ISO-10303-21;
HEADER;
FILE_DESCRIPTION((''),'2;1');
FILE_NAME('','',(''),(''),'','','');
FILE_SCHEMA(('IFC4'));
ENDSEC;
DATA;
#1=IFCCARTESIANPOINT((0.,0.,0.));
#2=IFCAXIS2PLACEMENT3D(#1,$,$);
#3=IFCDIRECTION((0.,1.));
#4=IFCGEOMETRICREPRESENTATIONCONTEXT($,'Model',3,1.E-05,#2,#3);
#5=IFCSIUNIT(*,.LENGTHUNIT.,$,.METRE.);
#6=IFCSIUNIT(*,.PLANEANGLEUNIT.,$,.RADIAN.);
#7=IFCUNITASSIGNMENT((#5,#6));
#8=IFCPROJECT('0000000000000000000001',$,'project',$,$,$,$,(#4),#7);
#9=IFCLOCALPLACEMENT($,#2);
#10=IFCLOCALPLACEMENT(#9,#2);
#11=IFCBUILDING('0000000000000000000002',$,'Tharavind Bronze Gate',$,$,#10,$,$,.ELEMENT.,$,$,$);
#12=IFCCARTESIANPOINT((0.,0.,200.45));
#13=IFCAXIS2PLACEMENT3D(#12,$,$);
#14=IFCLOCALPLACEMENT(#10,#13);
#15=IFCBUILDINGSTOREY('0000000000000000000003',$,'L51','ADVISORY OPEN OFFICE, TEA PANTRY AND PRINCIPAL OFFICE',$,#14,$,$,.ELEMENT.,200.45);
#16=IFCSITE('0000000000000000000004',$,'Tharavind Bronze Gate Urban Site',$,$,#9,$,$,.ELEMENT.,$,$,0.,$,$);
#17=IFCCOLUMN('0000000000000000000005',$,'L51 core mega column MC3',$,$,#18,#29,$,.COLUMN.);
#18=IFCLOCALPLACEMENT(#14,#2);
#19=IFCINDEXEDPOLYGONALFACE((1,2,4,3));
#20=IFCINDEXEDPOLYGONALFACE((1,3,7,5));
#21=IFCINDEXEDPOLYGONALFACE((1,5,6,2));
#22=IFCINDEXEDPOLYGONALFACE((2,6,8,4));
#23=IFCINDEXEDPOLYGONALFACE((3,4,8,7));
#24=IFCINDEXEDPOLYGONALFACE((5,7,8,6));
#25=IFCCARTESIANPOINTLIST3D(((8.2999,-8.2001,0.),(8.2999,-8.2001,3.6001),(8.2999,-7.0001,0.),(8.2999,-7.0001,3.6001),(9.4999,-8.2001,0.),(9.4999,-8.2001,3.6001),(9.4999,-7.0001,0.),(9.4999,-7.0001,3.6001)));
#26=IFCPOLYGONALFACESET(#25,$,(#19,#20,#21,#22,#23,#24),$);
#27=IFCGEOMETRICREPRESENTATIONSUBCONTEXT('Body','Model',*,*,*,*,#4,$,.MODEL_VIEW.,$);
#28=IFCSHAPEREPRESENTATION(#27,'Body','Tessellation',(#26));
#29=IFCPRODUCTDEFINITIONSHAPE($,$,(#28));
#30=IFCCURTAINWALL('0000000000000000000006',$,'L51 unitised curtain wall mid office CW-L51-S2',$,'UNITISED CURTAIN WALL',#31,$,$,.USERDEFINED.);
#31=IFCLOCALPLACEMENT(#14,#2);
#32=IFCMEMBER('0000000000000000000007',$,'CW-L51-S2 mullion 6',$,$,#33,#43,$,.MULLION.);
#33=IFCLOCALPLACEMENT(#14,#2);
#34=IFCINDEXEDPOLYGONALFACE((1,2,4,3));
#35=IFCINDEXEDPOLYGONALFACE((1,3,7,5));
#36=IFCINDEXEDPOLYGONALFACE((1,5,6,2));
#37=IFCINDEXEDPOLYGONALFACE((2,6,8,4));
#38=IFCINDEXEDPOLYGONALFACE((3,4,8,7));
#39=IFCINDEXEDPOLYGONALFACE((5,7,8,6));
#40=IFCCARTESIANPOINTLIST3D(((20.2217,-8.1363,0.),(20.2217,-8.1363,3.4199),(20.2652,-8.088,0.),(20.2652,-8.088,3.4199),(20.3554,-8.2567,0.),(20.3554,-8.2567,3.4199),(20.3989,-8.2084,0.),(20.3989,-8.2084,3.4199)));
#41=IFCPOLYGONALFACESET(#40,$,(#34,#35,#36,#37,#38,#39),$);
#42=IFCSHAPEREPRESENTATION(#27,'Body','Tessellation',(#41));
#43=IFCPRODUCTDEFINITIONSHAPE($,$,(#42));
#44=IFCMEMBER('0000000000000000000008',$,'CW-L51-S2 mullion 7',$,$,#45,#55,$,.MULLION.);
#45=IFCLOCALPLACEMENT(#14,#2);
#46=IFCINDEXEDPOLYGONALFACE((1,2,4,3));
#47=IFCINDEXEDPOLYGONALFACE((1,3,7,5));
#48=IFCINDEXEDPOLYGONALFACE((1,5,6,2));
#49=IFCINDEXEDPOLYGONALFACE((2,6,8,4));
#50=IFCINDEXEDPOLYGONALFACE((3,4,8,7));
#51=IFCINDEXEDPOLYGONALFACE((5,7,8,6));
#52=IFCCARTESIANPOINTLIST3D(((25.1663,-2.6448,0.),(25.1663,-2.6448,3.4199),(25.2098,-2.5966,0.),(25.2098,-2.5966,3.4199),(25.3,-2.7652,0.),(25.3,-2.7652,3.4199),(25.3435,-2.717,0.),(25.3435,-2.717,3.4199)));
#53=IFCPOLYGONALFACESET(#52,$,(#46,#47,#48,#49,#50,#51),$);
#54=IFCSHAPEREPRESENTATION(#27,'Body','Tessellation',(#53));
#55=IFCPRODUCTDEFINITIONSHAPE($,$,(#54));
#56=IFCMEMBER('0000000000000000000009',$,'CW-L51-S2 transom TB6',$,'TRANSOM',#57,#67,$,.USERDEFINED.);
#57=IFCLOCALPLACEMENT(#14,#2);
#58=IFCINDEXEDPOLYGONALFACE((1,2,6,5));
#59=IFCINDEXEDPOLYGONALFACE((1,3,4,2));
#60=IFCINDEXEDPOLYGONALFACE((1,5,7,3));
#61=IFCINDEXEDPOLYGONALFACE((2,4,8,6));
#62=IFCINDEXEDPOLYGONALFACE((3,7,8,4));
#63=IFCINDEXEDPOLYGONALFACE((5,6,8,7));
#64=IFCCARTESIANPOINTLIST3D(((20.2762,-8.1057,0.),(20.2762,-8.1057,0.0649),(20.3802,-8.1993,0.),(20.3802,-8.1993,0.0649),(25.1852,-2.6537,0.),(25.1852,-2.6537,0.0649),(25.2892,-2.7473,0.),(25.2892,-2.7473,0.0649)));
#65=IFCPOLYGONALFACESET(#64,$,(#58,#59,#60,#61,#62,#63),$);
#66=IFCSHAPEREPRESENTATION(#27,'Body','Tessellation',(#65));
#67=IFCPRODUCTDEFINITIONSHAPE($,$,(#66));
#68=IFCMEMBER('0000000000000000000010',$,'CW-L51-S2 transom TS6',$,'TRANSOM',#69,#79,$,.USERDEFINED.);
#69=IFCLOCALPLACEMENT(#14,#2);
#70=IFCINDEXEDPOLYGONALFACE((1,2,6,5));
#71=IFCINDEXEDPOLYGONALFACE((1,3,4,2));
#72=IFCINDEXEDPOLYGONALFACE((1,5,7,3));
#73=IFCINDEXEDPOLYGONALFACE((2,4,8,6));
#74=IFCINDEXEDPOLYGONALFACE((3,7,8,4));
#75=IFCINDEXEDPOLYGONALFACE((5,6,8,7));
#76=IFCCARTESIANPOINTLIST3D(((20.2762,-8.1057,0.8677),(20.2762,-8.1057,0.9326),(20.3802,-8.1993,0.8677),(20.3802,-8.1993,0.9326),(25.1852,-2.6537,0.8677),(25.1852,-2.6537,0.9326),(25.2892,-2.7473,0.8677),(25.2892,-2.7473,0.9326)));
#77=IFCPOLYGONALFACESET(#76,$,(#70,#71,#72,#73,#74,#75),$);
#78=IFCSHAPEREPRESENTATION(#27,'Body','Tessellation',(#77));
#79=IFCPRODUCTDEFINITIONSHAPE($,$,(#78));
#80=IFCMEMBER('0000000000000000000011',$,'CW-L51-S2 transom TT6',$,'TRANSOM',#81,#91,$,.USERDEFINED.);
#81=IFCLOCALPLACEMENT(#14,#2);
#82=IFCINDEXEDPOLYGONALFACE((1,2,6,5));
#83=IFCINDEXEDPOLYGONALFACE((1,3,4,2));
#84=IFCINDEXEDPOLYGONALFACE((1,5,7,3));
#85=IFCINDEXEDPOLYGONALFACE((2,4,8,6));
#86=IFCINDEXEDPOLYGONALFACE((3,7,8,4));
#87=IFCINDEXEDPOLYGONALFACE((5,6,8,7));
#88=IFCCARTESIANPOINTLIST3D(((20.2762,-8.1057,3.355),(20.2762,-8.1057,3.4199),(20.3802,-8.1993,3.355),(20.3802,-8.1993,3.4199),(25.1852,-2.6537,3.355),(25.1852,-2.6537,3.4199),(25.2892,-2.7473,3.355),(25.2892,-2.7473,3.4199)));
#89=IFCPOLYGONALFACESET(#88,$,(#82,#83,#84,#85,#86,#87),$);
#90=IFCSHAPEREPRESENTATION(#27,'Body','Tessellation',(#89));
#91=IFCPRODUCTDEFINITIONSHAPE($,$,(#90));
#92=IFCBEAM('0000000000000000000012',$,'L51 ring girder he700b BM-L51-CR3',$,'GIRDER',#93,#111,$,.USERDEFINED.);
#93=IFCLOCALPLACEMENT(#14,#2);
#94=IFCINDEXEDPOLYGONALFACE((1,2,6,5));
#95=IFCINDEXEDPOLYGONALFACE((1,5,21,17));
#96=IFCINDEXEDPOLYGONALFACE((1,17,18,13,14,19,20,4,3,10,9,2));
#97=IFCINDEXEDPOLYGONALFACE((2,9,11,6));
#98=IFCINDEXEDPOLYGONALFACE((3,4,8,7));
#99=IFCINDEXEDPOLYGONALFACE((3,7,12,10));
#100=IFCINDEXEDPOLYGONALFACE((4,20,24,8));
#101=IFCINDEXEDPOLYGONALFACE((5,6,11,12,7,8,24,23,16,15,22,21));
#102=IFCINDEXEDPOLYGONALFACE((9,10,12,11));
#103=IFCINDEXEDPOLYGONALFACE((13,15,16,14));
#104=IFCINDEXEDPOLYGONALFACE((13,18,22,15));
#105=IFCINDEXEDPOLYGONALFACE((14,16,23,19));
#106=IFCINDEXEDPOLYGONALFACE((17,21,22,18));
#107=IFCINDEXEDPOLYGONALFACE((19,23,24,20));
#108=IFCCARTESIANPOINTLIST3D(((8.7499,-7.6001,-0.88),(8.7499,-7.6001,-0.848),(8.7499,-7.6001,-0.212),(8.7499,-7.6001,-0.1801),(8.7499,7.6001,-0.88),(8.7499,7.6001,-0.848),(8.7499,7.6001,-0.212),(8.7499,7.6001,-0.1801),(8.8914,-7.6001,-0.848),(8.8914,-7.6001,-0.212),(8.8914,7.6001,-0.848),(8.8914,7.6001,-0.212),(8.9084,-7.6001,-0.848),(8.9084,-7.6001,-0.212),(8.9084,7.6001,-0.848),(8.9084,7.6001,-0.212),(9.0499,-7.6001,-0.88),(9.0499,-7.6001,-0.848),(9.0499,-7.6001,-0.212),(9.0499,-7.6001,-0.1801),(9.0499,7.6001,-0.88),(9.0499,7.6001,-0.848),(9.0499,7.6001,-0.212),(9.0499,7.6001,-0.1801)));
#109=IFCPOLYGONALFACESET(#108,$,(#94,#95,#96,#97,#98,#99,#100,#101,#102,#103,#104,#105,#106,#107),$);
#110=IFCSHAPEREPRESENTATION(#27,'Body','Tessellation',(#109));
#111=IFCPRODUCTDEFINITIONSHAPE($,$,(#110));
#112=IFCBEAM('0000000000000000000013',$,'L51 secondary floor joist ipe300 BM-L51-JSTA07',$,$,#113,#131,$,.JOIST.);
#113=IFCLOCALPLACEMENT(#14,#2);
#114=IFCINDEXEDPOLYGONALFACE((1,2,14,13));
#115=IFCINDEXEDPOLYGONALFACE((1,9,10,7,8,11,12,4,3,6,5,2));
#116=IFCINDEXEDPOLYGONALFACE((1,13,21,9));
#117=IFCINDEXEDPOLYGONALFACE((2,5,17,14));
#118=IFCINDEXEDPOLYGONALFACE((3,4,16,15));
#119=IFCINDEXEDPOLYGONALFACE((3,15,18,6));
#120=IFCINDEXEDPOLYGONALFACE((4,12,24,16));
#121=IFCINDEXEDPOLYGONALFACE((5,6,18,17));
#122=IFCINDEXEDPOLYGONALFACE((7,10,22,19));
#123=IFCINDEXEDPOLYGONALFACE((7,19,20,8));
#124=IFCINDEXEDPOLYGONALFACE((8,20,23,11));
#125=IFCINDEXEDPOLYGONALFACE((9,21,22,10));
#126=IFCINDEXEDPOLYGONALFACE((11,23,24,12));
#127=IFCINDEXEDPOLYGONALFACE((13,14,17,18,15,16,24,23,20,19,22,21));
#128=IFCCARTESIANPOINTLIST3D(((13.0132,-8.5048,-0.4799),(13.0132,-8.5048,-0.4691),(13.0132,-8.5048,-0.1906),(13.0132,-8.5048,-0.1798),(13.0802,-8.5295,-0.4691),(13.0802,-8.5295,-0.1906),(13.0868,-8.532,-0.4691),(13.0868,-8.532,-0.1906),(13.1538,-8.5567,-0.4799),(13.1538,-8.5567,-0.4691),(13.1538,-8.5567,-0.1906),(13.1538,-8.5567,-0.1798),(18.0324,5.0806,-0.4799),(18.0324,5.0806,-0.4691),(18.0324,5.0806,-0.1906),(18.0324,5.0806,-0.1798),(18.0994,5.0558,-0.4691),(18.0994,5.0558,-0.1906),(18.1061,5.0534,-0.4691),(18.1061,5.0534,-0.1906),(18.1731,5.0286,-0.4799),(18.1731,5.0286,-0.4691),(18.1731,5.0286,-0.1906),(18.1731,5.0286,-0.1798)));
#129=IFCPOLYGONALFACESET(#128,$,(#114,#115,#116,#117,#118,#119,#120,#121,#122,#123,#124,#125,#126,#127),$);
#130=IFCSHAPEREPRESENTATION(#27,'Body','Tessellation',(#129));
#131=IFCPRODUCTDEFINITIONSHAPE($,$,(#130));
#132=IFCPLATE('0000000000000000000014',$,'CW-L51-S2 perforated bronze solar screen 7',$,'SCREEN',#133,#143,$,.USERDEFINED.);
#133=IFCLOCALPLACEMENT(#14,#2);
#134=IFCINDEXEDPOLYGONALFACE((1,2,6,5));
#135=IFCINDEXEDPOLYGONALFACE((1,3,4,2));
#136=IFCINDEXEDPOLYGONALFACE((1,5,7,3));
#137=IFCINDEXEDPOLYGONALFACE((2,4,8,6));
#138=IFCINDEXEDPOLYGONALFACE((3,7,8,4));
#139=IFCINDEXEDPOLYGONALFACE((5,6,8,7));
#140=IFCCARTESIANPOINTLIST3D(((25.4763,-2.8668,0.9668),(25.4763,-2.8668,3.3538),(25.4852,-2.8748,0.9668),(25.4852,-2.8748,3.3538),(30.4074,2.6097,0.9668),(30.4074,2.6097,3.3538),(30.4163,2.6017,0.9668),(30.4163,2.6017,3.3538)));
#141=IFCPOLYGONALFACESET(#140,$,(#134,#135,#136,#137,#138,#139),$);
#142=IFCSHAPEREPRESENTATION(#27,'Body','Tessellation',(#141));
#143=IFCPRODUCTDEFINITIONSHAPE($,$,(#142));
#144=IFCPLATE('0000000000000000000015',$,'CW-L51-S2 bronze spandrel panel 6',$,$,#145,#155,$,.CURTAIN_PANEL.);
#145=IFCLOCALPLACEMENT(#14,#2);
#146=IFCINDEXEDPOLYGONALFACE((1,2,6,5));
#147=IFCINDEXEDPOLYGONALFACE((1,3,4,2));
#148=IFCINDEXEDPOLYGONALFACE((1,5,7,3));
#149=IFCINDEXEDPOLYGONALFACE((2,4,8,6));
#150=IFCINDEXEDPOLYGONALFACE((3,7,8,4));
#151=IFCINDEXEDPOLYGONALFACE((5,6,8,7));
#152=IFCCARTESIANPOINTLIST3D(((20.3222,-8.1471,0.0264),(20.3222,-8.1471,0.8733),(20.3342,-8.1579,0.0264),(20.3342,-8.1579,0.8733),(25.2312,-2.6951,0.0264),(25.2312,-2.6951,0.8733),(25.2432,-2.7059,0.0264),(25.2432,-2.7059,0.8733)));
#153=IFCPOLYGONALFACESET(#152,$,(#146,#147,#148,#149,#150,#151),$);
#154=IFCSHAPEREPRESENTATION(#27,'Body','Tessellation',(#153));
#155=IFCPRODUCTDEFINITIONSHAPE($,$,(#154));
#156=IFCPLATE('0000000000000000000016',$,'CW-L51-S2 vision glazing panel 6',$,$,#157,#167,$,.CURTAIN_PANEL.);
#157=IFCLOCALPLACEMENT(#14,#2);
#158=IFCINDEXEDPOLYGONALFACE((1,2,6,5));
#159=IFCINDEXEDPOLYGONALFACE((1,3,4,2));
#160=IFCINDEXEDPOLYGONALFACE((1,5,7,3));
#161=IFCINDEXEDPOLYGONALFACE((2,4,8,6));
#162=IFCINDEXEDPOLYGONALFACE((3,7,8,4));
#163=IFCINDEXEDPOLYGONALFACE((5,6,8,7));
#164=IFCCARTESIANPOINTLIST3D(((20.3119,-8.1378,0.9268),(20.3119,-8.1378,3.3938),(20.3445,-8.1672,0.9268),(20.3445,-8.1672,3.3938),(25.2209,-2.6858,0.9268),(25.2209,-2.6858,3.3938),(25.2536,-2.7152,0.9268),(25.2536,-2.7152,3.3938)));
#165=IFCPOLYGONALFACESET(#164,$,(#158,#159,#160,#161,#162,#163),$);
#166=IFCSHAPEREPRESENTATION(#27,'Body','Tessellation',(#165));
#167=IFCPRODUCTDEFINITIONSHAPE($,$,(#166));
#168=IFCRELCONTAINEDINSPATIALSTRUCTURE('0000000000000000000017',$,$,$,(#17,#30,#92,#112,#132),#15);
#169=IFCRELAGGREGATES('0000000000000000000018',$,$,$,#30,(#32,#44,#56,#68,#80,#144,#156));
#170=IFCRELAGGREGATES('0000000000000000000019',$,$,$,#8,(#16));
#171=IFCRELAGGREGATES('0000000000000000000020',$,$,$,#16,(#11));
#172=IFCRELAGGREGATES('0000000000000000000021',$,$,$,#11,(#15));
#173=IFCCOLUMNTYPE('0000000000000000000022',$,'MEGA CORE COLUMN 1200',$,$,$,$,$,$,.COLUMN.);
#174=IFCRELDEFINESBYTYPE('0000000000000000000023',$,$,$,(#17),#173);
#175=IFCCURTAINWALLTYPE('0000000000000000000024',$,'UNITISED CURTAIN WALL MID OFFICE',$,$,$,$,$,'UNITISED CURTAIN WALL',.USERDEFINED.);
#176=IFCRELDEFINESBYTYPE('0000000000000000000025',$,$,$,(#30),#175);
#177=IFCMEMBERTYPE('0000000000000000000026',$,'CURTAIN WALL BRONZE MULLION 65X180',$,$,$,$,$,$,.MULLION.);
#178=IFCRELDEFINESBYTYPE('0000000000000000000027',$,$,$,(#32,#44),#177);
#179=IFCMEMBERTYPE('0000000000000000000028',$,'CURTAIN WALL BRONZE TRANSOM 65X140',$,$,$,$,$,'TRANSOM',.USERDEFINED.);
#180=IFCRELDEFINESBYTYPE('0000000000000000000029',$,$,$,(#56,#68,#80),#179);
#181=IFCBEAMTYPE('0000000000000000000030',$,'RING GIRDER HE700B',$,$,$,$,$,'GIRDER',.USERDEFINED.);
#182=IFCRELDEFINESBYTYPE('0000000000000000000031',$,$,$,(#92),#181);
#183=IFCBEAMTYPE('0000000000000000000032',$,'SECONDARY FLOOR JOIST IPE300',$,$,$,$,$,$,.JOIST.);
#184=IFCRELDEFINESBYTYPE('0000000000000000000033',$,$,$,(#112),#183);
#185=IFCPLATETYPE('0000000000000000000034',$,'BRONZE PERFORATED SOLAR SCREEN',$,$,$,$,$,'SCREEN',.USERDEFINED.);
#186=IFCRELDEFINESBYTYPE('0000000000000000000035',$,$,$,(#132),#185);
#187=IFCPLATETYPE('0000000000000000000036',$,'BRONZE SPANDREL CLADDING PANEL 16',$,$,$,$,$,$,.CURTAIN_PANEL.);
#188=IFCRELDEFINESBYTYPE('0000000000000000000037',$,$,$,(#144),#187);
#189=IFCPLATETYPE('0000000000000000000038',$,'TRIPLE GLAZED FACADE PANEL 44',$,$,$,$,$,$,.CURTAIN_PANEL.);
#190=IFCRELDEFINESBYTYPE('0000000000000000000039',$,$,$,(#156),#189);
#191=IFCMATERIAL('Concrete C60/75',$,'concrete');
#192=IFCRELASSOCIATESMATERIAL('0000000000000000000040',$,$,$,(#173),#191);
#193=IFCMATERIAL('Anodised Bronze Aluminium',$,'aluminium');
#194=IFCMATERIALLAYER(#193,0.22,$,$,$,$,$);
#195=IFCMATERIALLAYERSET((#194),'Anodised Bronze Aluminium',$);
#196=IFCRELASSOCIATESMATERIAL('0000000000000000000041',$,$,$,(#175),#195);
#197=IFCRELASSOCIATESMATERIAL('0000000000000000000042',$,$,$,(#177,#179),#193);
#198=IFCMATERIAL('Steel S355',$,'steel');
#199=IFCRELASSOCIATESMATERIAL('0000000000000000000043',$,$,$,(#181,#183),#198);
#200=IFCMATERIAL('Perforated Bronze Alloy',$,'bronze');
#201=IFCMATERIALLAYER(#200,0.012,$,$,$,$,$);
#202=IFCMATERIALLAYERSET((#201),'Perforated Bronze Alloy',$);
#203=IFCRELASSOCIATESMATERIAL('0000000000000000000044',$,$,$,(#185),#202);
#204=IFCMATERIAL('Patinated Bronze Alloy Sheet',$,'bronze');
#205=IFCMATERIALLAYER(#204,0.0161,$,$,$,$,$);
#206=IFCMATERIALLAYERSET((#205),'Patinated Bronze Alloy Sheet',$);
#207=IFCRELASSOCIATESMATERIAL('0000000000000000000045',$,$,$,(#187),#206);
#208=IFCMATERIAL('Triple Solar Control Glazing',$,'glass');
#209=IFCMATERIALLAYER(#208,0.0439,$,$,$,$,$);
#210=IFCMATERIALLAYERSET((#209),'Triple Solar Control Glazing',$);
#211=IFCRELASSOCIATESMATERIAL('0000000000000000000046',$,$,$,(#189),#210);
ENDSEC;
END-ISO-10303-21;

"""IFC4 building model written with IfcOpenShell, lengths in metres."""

from ifc_helpers import new_model, si_unit, direction, frame, origin, origin_2d, place, context, subcontext, project, spatial, rectangle, i_section, extrude, material, layer, layer_set, material_profile, profile_set, type_object, element, aggregate, save


model = new_model("IFC4")

# Units and contexts
model_context = context("Model", 3, precision=1e-05, world=origin(), true_north=direction((0.0, 1.0)))
body_context = subcontext(model_context, "Body", "Model", "MODEL_VIEW")
ifc_project = project(units=[si_unit("LENGTHUNIT", "METRE"), si_unit("PLANEANGLEUNIT", "RADIAN")], contexts=[model_context])

# Site, building, storey
site_placement = place(None, origin())
site = spatial("IfcSite", under=ifc_project, at=site_placement, Name="Tharavind Bronze Gate Urban Site", CompositionType="ELEMENT", RefElevation=0.0)
building_placement = place(site_placement, origin())
building = spatial("IfcBuilding", under=site, at=building_placement, Name="Tharavind Bronze Gate", CompositionType="ELEMENT")
storey_placement = place(building_placement, frame((0.0, 0.0, 200.45)))
storey = spatial("IfcBuildingStorey", under=building, at=storey_placement, Name="L51", Description="ADVISORY OPEN OFFICE, TEA PANTRY AND PRINCIPAL OFFICE", CompositionType="ELEMENT", Elevation=200.45)

# Column
ifc_material_1 = material(Name="Concrete C60/75", Category="concrete")
ifc_material_profile_1 = material_profile(ifc_material_1, rectangle(XDim=1.2, YDim=1.2, at=origin_2d()), Name="RCCOL1200")
ifc_profile_set_1 = profile_set([ifc_material_profile_1], Name="Concrete C60/75")
column_type = type_object("IfcColumnType", Name="MEGA CORE COLUMN 1200", PredefinedType="COLUMN", material=ifc_profile_set_1)
column_placement = place(storey_placement, frame((8.8999, -7.6001, 0.0), z_axis=(0.0, 0.0, 1.0), x_axis=(1.0, 0.0, 0.0)))
element("IfcColumn", 1, at=column_placement, inside=storey, type_object=column_type, Name="L51 core mega column MC3", PredefinedType="COLUMN", context=body_context, shape_type="SweptSolid", body=[
    extrude(rectangle(XDim=1.2, YDim=1.2, at=origin_2d()), origin(), (0.0, 0.0, 1.0), 3.6001),
])

# Curtain wall, members
ifc_material_2 = material(Name="Anodised Bronze Aluminium", Category="aluminium")
ifc_layer_1 = layer(ifc_material_2, 0.22)
ifc_layer_set_1 = layer_set([ifc_layer_1], Name="Anodised Bronze Aluminium")
curtain_wall_type = type_object("IfcCurtainWallType", Name="UNITISED CURTAIN WALL MID OFFICE", ElementType="UNITISED CURTAIN WALL", PredefinedType="USERDEFINED", material=ifc_layer_set_1)
curtain_wall_placement = place(storey_placement, origin())
curtain_wall = element("IfcCurtainWall", 2, at=curtain_wall_placement, inside=storey, type_object=curtain_wall_type, Name="L51 unitised curtain wall mid office CW-L51-S2", ObjectType="UNITISED CURTAIN WALL", PredefinedType="USERDEFINED")
member_type_1 = type_object("IfcMemberType", Name="CURTAIN WALL BRONZE MULLION 65X180", PredefinedType="MULLION", material=ifc_material_2)
member_1_placement = place(storey_placement, frame((20.3103, -8.1724, 0.0), z_axis=(0.0, 0.0, 1.0), x_axis=(0.669131, 0.743145, 0.0)))
member_1 = element("IfcMember", 3, at=member_1_placement, type_object=member_type_1, Name="CW-L51-S2 mullion 6", PredefinedType="MULLION", context=body_context, shape_type="SweptSolid", body=[
    extrude(rectangle(XDim=0.0649, YDim=0.1799, at=origin_2d()), origin(), (0.0, 0.0, 1.0), 3.4199),
])
member_2_placement = place(storey_placement, frame((25.2549, -2.6809, 0.0), z_axis=(0.0, 0.0, 1.0), x_axis=(0.669131, 0.743145, 0.0)))
member_2 = element("IfcMember", 4, at=member_2_placement, type_object=member_type_1, Name="CW-L51-S2 mullion 7", PredefinedType="MULLION", context=body_context, shape_type="SweptSolid", body=[
    extrude(rectangle(XDim=0.0649, YDim=0.1799, at=origin_2d()), origin(), (0.0, 0.0, 1.0), 3.4199),
])
member_type_2 = type_object("IfcMemberType", Name="CURTAIN WALL BRONZE TRANSOM 65X140", ElementType="TRANSOM", PredefinedType="USERDEFINED", material=ifc_material_2)
member_3_placement = place(storey_placement, frame((22.7827, -5.4265, 0.0), z_axis=(0.0, 0.0, 1.0), x_axis=(0.669131, 0.743145, 0.0)))
member_3 = element("IfcMember", 5, at=member_3_placement, type_object=member_type_2, Name="CW-L51-S2 transom TB6", ObjectType="TRANSOM", PredefinedType="USERDEFINED", context=body_context, shape_type="SweptSolid", body=[
    extrude(rectangle(XDim=7.3364, YDim=0.1399, at=origin_2d()), origin(), (0.0, 0.0, 1.0), 0.0649),
])
member_4_placement = place(storey_placement, frame((22.7827, -5.4265, 0.8677), z_axis=(0.0, 0.0, 1.0), x_axis=(0.669131, 0.743145, 0.0)))
member_4 = element("IfcMember", 6, at=member_4_placement, type_object=member_type_2, Name="CW-L51-S2 transom TS6", ObjectType="TRANSOM", PredefinedType="USERDEFINED", context=body_context, shape_type="SweptSolid", body=[
    extrude(rectangle(XDim=7.3364, YDim=0.1399, at=origin_2d()), origin(), (0.0, 0.0, 1.0), 0.0649),
])
member_5_placement = place(storey_placement, frame((22.7827, -5.4265, 3.355), z_axis=(0.0, 0.0, 1.0), x_axis=(0.669131, 0.743145, 0.0)))
member_5 = element("IfcMember", 7, at=member_5_placement, type_object=member_type_2, Name="CW-L51-S2 transom TT6", ObjectType="TRANSOM", PredefinedType="USERDEFINED", context=body_context, shape_type="SweptSolid", body=[
    extrude(rectangle(XDim=7.3364, YDim=0.1399, at=origin_2d()), origin(), (0.0, 0.0, 1.0), 0.0649),
])

# Beams
ifc_material_3 = material(Name="Steel S355", Category="steel")
ifc_material_profile_2 = material_profile(ifc_material_3, i_section(OverallWidth=0.3, OverallDepth=0.7, WebThickness=0.0171, FlangeThickness=0.032, at=origin_2d()), Name="HE700B")
ifc_profile_set_2 = profile_set([ifc_material_profile_2], Name="Steel S355")
beam_type_1 = type_object("IfcBeamType", Name="RING GIRDER HE700B", ElementType="GIRDER", PredefinedType="USERDEFINED", material=ifc_profile_set_2)
beam_1_placement = place(storey_placement, frame((8.8999, -7.6001, -0.53), z_axis=(0.0, 1.0, 0.0), x_axis=(-1.0, 0.0, 0.0)))
element("IfcBeam", 8, at=beam_1_placement, inside=storey, type_object=beam_type_1, Name="L51 ring girder he700b BM-L51-CR3", ObjectType="GIRDER", PredefinedType="USERDEFINED", context=body_context, shape_type="SweptSolid", body=[
    extrude(i_section(OverallWidth=0.3, OverallDepth=0.7, WebThickness=0.0171, FlangeThickness=0.032, at=origin_2d()), origin(), (0.0, 0.0, 1.0), 15.2002),
])
ifc_material_profile_3 = material_profile(ifc_material_3, i_section(OverallWidth=0.1499, OverallDepth=0.3, WebThickness=0.0071, FlangeThickness=0.0107, at=origin_2d()), Name="IPE300")
ifc_profile_set_3 = profile_set([ifc_material_profile_3], Name="Steel S355")
beam_type_2 = type_object("IfcBeamType", Name="SECONDARY FLOOR JOIST IPE300", PredefinedType="JOIST", material=ifc_profile_set_3)
beam_2_placement = place(storey_placement, frame((13.0835, -8.5308, -0.3298), z_axis=(0.346564, 0.938026, 0.0), x_axis=(-0.938026, 0.346564, 0.0)))
element("IfcBeam", 9, at=beam_2_placement, inside=storey, type_object=beam_type_2, Name="L51 secondary floor joist ipe300 BM-L51-JSTA07", PredefinedType="JOIST", context=body_context, shape_type="SweptSolid", body=[
    extrude(i_section(OverallWidth=0.1499, OverallDepth=0.3, WebThickness=0.0071, FlangeThickness=0.0107, at=origin_2d()), origin(), (0.0, 0.0, 1.0), 14.4829),
])

# Plates
ifc_material_4 = material(Name="Perforated Bronze Alloy", Category="bronze")
ifc_layer_2 = layer(ifc_material_4, 0.012)
ifc_layer_set_2 = layer_set([ifc_layer_2], Name="Perforated Bronze Alloy")
plate_type_1 = type_object("IfcPlateType", Name="BRONZE PERFORATED SOLAR SCREEN", ElementType="SCREEN", PredefinedType="USERDEFINED", material=ifc_layer_set_2)
plate_1_placement = place(storey_placement, frame((27.9463, -0.1326, 0.9668), z_axis=(0.0, 0.0, 1.0), x_axis=(0.669131, 0.743145, 0.0)))
element("IfcPlate", 10, at=plate_1_placement, inside=storey, type_object=plate_type_1, Name="CW-L51-S2 perforated bronze solar screen 7", ObjectType="SCREEN", PredefinedType="USERDEFINED", context=body_context, shape_type="SweptSolid", body=[
    extrude(rectangle(XDim=7.3694, YDim=0.012, at=origin_2d()), origin(), (0.0, 0.0, 1.0), 2.387),
])
ifc_material_5 = material(Name="Patinated Bronze Alloy Sheet", Category="bronze")
ifc_layer_3 = layer(ifc_material_5, 0.0161)
ifc_layer_set_3 = layer_set([ifc_layer_3], Name="Patinated Bronze Alloy Sheet")
plate_type_2 = type_object("IfcPlateType", Name="BRONZE SPANDREL CLADDING PANEL 16", PredefinedType="CURTAIN_PANEL", material=ifc_layer_set_3)
plate_2_placement = place(storey_placement, frame((22.7827, -5.4265, 0.0264), z_axis=(0.0, 0.0, 1.0), x_axis=(0.669131, 0.743145, 0.0)))
plate_2 = element("IfcPlate", 11, at=plate_2_placement, type_object=plate_type_2, Name="CW-L51-S2 bronze spandrel panel 6", PredefinedType="CURTAIN_PANEL", context=body_context, shape_type="SweptSolid", body=[
    extrude(rectangle(XDim=7.3364, YDim=0.0161, at=origin_2d()), origin(), (0.0, 0.0, 1.0), 0.8469),
])
ifc_material_6 = material(Name="Triple Solar Control Glazing", Category="glass")
ifc_layer_4 = layer(ifc_material_6, 0.0439)
ifc_layer_set_4 = layer_set([ifc_layer_4], Name="Triple Solar Control Glazing")
plate_type_3 = type_object("IfcPlateType", Name="TRIPLE GLAZED FACADE PANEL 44", PredefinedType="CURTAIN_PANEL", material=ifc_layer_set_4)
plate_3_placement = place(storey_placement, frame((22.7827, -5.4265, 0.9268), z_axis=(0.0, 0.0, 1.0), x_axis=(0.669131, 0.743145, 0.0)))
plate_3 = element("IfcPlate", 12, at=plate_3_placement, type_object=plate_type_3, Name="CW-L51-S2 vision glazing panel 6", PredefinedType="CURTAIN_PANEL", context=body_context, shape_type="SweptSolid", body=[
    extrude(rectangle(XDim=7.3364, YDim=0.0439, at=origin_2d()), origin(), (0.0, 0.0, 1.0), 2.467),
])
aggregate(curtain_wall, [member_1, member_2, member_3, member_4, member_5, plate_2, plate_3])

save(model, "model.ifc")
